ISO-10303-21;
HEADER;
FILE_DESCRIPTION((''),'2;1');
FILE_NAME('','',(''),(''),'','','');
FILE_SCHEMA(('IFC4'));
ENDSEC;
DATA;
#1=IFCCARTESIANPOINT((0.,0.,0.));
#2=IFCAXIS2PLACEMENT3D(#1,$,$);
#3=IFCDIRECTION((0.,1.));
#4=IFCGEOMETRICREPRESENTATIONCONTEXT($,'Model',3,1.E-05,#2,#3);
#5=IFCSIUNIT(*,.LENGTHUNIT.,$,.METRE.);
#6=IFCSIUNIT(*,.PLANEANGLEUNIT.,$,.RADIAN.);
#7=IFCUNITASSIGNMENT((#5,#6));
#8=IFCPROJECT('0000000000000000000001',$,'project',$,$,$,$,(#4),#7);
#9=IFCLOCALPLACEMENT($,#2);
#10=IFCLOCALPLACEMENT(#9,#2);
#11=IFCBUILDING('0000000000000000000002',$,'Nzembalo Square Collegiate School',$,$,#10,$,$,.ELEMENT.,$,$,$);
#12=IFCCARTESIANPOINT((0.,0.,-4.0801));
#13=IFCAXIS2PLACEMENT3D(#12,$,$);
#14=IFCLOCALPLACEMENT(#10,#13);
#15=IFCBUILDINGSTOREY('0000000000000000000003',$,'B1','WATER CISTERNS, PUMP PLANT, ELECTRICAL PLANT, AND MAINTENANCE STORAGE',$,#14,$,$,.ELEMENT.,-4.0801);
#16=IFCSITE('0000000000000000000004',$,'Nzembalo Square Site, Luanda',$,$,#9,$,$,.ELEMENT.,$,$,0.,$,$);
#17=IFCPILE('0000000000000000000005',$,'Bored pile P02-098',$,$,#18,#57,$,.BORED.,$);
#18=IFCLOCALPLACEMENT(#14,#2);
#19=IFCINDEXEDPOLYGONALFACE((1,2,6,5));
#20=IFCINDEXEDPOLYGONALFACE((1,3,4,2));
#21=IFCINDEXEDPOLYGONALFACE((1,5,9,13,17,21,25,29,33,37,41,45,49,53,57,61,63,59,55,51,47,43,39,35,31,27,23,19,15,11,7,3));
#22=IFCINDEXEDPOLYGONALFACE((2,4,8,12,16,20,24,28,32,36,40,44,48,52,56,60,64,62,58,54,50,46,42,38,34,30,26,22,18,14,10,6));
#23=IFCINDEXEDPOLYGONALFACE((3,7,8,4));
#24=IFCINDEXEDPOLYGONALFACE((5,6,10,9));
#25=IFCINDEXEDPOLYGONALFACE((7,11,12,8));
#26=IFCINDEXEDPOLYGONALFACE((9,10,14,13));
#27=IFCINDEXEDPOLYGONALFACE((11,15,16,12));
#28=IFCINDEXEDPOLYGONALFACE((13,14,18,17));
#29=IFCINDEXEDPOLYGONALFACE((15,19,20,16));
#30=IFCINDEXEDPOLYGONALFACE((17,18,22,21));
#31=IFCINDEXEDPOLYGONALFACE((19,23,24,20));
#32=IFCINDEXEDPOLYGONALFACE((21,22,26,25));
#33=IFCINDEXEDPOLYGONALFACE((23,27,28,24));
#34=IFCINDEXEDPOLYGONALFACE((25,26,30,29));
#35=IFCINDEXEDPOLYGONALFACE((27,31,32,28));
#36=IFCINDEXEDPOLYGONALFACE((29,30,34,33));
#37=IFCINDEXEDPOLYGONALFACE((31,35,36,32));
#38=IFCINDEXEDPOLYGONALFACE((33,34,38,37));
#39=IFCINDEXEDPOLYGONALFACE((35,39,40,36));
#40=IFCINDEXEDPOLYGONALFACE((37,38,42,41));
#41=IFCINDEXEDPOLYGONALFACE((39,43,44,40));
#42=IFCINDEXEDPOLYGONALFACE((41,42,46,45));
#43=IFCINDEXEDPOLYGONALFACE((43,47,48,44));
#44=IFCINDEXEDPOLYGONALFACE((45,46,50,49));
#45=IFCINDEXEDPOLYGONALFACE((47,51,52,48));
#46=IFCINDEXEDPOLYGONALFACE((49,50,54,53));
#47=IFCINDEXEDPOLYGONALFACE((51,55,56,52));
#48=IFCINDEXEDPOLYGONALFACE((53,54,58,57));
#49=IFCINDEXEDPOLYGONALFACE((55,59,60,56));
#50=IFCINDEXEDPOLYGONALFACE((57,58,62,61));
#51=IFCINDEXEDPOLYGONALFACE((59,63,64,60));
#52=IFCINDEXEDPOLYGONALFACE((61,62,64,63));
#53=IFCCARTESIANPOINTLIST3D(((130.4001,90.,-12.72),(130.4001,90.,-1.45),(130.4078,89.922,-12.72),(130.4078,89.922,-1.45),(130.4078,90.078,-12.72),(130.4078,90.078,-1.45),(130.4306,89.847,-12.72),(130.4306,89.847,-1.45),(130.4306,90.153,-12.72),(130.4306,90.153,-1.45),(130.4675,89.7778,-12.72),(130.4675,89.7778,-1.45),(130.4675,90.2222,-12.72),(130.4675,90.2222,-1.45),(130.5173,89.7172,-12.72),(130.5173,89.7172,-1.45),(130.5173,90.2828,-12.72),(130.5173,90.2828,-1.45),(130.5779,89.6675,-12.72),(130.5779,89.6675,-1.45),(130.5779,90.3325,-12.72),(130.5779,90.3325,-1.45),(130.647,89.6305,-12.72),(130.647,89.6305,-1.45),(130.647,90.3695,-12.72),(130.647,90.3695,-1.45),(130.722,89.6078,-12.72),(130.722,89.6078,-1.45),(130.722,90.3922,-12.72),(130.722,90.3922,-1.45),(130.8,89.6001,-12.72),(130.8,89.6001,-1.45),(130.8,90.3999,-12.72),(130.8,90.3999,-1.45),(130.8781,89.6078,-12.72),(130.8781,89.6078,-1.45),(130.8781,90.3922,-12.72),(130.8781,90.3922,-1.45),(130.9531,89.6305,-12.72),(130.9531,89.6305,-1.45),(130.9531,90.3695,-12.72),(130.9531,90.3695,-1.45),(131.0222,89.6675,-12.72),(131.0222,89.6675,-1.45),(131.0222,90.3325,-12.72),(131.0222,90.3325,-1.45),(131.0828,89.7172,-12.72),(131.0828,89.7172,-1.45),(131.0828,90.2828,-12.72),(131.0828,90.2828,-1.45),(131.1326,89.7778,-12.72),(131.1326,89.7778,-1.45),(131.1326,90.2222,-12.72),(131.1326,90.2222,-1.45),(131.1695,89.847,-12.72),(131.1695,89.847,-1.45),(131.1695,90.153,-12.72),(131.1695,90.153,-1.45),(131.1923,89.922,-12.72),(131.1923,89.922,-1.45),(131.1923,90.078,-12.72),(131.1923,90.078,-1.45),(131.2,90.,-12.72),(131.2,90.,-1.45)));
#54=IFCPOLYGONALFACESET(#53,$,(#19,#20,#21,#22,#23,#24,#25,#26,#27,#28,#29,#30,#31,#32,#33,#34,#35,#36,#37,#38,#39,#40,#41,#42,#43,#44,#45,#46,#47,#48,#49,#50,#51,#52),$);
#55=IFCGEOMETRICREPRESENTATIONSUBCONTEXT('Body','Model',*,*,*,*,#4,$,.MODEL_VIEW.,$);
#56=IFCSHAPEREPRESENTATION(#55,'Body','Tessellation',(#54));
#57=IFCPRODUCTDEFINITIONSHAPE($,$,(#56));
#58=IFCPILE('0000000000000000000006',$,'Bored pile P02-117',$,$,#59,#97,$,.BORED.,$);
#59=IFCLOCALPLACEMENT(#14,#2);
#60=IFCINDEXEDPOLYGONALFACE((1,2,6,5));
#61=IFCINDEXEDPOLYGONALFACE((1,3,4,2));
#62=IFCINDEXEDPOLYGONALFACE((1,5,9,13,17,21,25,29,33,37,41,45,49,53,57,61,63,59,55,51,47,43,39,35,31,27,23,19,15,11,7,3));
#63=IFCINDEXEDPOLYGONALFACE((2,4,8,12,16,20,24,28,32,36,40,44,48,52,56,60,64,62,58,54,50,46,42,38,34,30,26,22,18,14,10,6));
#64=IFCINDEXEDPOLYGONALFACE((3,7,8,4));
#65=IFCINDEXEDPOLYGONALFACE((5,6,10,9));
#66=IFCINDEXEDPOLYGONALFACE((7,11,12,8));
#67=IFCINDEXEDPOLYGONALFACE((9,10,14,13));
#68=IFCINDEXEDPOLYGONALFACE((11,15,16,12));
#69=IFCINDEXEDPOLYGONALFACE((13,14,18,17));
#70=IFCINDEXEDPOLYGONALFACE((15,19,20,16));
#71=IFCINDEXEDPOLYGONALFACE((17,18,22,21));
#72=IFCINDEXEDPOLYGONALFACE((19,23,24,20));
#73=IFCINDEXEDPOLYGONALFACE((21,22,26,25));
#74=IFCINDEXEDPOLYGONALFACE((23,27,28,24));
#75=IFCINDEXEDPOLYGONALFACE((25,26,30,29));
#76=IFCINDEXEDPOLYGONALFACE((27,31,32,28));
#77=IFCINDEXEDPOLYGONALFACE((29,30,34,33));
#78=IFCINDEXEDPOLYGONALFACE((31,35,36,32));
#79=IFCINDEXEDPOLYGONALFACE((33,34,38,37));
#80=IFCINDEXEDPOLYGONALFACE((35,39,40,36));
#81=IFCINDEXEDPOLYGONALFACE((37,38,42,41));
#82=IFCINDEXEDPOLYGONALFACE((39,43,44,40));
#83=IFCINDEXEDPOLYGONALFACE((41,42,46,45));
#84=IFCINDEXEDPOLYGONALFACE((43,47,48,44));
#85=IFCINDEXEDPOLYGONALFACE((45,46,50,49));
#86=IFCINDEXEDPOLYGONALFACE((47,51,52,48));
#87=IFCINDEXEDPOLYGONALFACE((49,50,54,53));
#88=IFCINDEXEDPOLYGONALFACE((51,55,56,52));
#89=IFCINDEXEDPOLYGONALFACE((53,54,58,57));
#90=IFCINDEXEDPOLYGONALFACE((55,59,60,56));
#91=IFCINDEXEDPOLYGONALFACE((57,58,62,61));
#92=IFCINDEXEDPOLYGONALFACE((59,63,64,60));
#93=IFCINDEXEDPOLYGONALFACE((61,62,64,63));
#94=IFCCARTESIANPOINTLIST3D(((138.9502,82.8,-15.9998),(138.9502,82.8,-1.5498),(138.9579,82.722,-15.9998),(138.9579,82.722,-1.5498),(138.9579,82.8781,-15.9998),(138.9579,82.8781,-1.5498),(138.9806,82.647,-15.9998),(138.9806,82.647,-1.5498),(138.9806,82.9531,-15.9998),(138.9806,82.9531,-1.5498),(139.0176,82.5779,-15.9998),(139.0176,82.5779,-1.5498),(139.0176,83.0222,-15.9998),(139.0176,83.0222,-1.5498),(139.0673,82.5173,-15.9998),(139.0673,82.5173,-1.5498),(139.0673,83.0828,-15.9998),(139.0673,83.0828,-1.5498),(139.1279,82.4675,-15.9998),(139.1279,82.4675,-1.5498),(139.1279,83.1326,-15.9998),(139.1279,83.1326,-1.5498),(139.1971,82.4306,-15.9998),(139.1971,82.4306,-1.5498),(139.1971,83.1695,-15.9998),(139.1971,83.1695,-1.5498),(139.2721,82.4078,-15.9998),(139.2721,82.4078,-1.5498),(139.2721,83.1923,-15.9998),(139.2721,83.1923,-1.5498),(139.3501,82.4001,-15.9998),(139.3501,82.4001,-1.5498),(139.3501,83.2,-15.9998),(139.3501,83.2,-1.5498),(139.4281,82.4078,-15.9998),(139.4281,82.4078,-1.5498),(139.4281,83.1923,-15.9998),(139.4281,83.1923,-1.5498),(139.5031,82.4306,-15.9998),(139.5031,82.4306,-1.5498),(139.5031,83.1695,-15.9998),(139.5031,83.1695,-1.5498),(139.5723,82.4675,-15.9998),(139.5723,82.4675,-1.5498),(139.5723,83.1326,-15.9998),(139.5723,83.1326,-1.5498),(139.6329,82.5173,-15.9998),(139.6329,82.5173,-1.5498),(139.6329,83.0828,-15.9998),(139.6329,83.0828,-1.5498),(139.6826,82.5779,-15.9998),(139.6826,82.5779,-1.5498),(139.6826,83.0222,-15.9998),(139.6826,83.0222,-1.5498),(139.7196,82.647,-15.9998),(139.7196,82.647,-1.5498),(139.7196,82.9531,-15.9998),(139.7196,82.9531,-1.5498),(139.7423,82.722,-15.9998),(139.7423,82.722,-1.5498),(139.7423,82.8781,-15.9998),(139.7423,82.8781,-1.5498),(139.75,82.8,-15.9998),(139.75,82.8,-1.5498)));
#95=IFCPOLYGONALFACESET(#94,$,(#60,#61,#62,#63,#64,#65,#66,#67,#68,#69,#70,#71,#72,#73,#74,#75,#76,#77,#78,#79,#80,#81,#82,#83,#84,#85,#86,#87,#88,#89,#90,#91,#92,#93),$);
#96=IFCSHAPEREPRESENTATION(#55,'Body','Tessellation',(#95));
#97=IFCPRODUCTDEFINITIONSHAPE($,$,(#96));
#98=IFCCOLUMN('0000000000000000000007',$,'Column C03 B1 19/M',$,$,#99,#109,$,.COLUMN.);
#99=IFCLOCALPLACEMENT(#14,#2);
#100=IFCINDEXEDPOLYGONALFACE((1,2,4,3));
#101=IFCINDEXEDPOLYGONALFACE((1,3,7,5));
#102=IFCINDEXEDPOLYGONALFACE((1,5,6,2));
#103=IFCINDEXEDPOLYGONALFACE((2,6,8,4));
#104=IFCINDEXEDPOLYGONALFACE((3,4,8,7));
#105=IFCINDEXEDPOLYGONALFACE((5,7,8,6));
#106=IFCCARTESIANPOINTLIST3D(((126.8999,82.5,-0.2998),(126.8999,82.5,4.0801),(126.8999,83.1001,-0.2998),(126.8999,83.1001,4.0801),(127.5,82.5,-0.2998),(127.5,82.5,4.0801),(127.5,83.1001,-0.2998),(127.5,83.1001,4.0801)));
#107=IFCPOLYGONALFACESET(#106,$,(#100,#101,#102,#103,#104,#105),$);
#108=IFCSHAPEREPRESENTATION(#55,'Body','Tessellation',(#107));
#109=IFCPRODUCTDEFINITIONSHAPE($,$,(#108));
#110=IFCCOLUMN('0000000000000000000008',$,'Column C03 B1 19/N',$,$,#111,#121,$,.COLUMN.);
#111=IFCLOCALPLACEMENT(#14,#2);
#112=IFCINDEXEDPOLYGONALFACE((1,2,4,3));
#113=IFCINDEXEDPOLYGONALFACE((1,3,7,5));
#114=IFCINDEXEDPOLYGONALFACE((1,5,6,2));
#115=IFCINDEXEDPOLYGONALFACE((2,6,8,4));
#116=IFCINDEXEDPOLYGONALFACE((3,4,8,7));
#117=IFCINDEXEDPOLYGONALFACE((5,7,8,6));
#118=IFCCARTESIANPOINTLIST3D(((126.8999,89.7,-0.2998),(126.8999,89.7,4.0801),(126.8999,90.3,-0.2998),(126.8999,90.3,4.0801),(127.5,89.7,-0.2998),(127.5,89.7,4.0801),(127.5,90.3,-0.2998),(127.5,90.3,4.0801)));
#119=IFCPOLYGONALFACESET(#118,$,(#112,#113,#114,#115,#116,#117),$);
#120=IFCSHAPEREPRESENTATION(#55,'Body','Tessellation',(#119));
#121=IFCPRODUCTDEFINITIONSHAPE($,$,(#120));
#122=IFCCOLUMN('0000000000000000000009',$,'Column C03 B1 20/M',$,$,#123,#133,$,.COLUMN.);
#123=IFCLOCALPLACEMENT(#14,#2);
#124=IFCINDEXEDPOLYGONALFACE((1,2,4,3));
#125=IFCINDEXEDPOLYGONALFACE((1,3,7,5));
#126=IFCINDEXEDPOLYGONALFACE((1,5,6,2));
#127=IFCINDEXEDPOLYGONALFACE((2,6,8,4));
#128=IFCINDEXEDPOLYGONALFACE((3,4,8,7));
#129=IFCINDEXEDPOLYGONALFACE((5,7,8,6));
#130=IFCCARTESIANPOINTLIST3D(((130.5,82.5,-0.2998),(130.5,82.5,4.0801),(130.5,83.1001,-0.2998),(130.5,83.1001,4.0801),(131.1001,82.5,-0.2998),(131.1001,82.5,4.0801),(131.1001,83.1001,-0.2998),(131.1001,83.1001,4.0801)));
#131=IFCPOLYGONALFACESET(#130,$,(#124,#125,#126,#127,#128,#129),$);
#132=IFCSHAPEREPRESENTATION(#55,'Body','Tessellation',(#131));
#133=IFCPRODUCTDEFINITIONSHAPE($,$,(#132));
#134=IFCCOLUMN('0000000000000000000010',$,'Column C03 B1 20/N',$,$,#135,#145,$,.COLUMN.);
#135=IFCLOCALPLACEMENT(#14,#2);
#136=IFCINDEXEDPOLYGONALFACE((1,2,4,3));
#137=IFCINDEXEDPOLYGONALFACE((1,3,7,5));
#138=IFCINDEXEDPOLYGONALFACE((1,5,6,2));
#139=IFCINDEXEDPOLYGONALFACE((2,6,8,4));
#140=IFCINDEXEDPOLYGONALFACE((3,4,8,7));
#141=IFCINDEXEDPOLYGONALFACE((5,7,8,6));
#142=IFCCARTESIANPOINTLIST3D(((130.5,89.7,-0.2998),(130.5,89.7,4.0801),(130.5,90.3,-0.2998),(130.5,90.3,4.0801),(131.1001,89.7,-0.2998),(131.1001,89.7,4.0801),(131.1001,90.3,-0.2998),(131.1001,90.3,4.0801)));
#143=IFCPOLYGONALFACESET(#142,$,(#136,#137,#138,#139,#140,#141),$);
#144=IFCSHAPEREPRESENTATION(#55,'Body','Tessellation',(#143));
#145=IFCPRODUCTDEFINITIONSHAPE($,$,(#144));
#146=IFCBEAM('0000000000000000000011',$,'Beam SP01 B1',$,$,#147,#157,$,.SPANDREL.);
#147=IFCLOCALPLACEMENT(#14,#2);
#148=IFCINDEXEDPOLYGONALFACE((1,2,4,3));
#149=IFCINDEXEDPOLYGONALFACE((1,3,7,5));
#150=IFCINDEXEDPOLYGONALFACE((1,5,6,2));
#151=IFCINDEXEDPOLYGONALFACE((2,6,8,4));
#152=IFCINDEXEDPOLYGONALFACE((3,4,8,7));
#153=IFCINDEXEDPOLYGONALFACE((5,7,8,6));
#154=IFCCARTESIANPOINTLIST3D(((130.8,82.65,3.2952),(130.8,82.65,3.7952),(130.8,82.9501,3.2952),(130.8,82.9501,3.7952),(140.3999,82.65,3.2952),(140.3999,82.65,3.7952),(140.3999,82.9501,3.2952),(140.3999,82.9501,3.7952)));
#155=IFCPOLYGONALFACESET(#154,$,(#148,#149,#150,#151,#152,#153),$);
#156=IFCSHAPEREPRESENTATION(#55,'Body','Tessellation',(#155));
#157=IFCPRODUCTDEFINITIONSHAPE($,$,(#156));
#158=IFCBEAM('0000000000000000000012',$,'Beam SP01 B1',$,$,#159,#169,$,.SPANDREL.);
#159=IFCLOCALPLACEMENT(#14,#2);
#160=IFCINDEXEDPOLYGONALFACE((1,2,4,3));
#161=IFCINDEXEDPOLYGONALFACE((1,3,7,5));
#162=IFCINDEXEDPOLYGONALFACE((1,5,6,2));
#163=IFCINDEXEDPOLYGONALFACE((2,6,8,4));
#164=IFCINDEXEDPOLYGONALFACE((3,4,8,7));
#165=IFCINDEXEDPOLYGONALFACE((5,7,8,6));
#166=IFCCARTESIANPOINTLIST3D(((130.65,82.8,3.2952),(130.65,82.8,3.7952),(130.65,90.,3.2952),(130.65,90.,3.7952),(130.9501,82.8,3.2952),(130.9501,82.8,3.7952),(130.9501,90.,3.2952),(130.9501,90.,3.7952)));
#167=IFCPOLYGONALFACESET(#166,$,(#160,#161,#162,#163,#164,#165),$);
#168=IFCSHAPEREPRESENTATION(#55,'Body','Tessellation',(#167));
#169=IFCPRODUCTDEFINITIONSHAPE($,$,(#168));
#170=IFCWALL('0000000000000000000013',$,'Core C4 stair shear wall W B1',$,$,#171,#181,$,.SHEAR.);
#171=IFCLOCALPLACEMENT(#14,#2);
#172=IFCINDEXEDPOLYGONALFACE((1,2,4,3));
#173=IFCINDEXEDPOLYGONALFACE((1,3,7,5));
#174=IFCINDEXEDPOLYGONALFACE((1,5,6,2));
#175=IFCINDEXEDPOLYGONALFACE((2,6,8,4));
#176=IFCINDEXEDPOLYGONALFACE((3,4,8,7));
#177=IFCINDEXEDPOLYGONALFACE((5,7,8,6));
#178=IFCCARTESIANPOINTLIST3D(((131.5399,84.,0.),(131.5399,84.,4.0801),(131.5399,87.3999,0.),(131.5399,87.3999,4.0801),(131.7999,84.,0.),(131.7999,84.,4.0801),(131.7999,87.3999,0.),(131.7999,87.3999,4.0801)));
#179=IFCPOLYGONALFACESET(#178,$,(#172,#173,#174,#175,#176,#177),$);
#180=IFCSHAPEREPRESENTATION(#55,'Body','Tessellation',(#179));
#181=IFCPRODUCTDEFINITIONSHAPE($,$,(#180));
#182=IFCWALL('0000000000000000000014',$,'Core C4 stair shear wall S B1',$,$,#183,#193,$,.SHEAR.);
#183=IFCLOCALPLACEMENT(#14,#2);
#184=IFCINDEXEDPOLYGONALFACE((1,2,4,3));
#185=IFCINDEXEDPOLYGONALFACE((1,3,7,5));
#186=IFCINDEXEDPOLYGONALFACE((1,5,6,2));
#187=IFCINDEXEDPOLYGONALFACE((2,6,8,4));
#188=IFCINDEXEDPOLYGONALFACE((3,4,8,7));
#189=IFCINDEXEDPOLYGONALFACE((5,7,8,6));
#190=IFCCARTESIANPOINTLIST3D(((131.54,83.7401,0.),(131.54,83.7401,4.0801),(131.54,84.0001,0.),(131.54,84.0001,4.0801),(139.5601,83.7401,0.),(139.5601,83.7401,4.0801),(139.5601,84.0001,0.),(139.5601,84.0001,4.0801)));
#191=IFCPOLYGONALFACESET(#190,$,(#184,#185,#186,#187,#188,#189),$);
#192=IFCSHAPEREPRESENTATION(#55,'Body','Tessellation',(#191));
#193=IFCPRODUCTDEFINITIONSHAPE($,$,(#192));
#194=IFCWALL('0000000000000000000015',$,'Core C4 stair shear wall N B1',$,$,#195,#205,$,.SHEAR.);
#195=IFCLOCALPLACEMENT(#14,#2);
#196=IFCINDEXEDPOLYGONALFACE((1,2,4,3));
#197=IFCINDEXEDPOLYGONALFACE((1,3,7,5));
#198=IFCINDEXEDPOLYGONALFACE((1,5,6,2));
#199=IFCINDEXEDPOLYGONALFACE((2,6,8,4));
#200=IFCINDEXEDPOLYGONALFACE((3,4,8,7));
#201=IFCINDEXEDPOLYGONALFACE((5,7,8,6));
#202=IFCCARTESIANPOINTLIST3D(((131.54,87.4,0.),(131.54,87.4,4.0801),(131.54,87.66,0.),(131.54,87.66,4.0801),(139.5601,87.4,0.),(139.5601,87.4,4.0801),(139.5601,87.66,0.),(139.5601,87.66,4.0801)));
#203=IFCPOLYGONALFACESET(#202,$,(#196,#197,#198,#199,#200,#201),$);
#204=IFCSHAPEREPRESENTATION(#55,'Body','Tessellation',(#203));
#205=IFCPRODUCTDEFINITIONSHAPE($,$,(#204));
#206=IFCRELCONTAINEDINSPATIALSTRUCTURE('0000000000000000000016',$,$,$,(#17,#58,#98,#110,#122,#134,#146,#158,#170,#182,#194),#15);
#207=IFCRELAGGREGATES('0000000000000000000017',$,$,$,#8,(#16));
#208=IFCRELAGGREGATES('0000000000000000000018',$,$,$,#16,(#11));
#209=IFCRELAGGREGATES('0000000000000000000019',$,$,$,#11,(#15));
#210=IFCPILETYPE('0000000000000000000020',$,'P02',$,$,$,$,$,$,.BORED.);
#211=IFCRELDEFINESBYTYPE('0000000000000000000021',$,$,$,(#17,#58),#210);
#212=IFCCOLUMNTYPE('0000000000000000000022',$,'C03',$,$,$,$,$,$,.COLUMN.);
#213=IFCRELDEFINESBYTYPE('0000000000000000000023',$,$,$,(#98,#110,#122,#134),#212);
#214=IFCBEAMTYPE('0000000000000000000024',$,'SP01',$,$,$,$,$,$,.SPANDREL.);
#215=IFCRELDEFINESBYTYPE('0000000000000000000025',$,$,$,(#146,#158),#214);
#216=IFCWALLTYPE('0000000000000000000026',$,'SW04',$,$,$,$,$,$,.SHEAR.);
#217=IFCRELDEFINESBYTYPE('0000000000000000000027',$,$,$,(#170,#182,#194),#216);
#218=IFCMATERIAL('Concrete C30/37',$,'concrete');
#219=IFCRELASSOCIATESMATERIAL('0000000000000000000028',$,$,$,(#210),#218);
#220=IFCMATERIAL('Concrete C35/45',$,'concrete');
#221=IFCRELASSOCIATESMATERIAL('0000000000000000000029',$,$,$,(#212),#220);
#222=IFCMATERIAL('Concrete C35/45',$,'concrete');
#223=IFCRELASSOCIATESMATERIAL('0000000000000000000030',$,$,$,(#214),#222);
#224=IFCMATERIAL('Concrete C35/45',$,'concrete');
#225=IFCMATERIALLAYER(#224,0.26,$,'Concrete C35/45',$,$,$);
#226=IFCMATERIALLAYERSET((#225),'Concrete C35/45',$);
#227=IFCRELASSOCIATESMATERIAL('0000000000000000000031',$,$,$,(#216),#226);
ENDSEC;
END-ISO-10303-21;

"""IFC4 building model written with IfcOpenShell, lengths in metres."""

from ifc_helpers import new_model, si_unit, direction, frame, frame_2d, origin, origin_2d, place, context, subcontext, project, spatial, rectangle, circle, extrude, material, layer, layer_set, material_profile, profile_set, type_object, element, save


model = new_model("IFC4")

# Units and contexts
model_context = context("Model", 3, precision=1e-05, world=origin(), true_north=direction((0.0, 1.0)))
body_context = subcontext(model_context, "Body", "Model", "MODEL_VIEW")
ifc_project = project(units=[si_unit("LENGTHUNIT", "METRE"), si_unit("PLANEANGLEUNIT", "RADIAN")], contexts=[model_context])

# Site, building, storey
site_placement = place(None, origin())
site = spatial("IfcSite", under=ifc_project, at=site_placement, Name="Nzembalo Square Site, Luanda", CompositionType="ELEMENT", RefElevation=0.0)
building_placement = place(site_placement, origin())
building = spatial("IfcBuilding", under=site, at=building_placement, Name="Nzembalo Square Collegiate School", CompositionType="ELEMENT")
storey_placement = place(building_placement, frame((0.0, 0.0, -4.0801)))
storey = spatial("IfcBuildingStorey", under=building, at=storey_placement, Name="B1", Description="WATER CISTERNS, PUMP PLANT, ELECTRICAL PLANT, AND MAINTENANCE STORAGE", CompositionType="ELEMENT", Elevation=-4.0801)

# Piles
ifc_material_1 = material(Name="Concrete C30/37", Category="concrete")
ifc_material_profile_1 = material_profile(ifc_material_1, circle(Radius=0.3999, at=origin_2d()), Name="PILE D800")
ifc_profile_set_1 = profile_set([ifc_material_profile_1], Name="Concrete C30/37")
pile_type = type_object("IfcPileType", Name="P02", PredefinedType="BORED", material=ifc_profile_set_1)
pile_1_placement = place(storey_placement, frame((130.8, 90.0, -1.45), z_axis=(0.0, 0.0, -1.0), x_axis=(1.0, 0.0, 0.0)))
element("IfcPile", 1, at=pile_1_placement, inside=storey, type_object=pile_type, Name="Bored pile P02-098", PredefinedType="BORED", context=body_context, shape_type="SweptSolid", body=[
    extrude(circle(Radius=0.3999, at=origin_2d()), origin(), (0.0, 0.0, 1.0), 11.27),
])
pile_2_placement = place(storey_placement, frame((139.3501, 82.8, -1.5498), z_axis=(0.0, 0.0, -1.0), x_axis=(1.0, 0.0, 0.0)))
element("IfcPile", 2, at=pile_2_placement, inside=storey, type_object=pile_type, Name="Bored pile P02-117", PredefinedType="BORED", context=body_context, shape_type="SweptSolid", body=[
    extrude(circle(Radius=0.3999, at=origin_2d()), origin(), (0.0, 0.0, 1.0), 14.45),
])

# Columns
ifc_material_2 = material(Name="Concrete C35/45", Category="concrete")
ifc_material_profile_2 = material_profile(ifc_material_2, rectangle(XDim=0.6001, YDim=0.6001, at=origin_2d()), Name="RC 600x600")
ifc_profile_set_2 = profile_set([ifc_material_profile_2], Name="Concrete C35/45")
column_type = type_object("IfcColumnType", Name="C03", PredefinedType="COLUMN", material=ifc_profile_set_2)
for number, where, z_axis, x_axis, name in (
    (3, (127.2, 82.8, -0.2998), (0.0, 0.0, 1.0), (1.0, 0.0, 0.0), "Column C03 B1 19/M"),
    (4, (127.2, 90.0, -0.2998), (0.0, 0.0, 1.0), (1.0, 0.0, 0.0), "Column C03 B1 19/N"),
    (5, (130.8, 82.8, -0.2998), (0.0, 0.0, 1.0), (1.0, 0.0, 0.0), "Column C03 B1 20/M"),
    (6, (130.8, 90.0, -0.2998), (0.0, 0.0, 1.0), (1.0, 0.0, 0.0), "Column C03 B1 20/N"),
):
    element("IfcColumn", number, at=place(storey_placement, frame(where, z_axis=z_axis, x_axis=x_axis)), inside=storey, type_object=column_type, Name=name, PredefinedType="COLUMN", context=body_context, shape_type="SweptSolid", body=[
        extrude(rectangle(XDim=0.6001, YDim=0.6001, at=origin_2d()), origin(), (0.0, 0.0, 1.0), 4.3799),
    ])

# Beams
ifc_material_3 = material(Name="Concrete C35/45", Category="concrete")
ifc_material_profile_3 = material_profile(ifc_material_3, rectangle(XDim=0.3, YDim=0.5, at=origin_2d()), Name="RC 300x500")
ifc_profile_set_3 = profile_set([ifc_material_profile_3], Name="Concrete C35/45")
beam_type = type_object("IfcBeamType", Name="SP01", PredefinedType="SPANDREL", material=ifc_profile_set_3)
beam_1_placement = place(storey_placement, frame((130.8, 82.8, 3.5452), z_axis=(1.0, 0.0, 0.0), x_axis=(0.0, 1.0, 0.0)))
element("IfcBeam", 7, at=beam_1_placement, inside=storey, type_object=beam_type, Name="Beam SP01 B1", PredefinedType="SPANDREL", context=body_context, shape_type="SweptSolid", body=[
    extrude(rectangle(XDim=0.3, YDim=0.5, at=origin_2d()), origin(), (0.0, 0.0, 1.0), 9.5999),
])
beam_2_placement = place(storey_placement, frame((130.8, 82.8, 3.5452), z_axis=(0.0, 1.0, 0.0), x_axis=(-1.0, 0.0, 0.0)))
element("IfcBeam", 8, at=beam_2_placement, inside=storey, type_object=beam_type, Name="Beam SP01 B1", PredefinedType="SPANDREL", context=body_context, shape_type="SweptSolid", body=[
    extrude(rectangle(XDim=0.3, YDim=0.5, at=origin_2d()), origin(), (0.0, 0.0, 1.0), 7.2),
])

# Walls
ifc_material_4 = material(Name="Concrete C35/45", Category="concrete")
ifc_layer_1 = layer(ifc_material_4, 0.26, Name="Concrete C35/45")
ifc_layer_set_1 = layer_set([ifc_layer_1], Name="Concrete C35/45")
wall_type_1 = type_object("IfcWallType", Name="SW04", PredefinedType="SHEAR", material=ifc_layer_set_1)
wall_1_placement = place(storey_placement, frame((131.6699, 84.0, 0.0), z_axis=(0.0, 0.0, 1.0), x_axis=(0.0, 1.0, 0.0)))
element("IfcWall", 9, at=wall_1_placement, inside=storey, type_object=wall_type_1, Name="Core C4 stair shear wall W B1", PredefinedType="SHEAR", context=body_context, shape_type="SweptSolid", body=[
    extrude(rectangle(XDim=3.3999, YDim=0.26, at=frame_2d((1.7, 0.0))), origin(), (0.0, 0.0, 1.0), 4.0801),
])
for number, where, z_axis, x_axis, name in (
    (10, (131.54, 83.8701, 0.0), (0.0, 0.0, 1.0), (1.0, 0.0, 0.0), "Core C4 stair shear wall S B1"),
    (11, (131.54, 87.53, 0.0), (0.0, 0.0, 1.0), (1.0, 0.0, 0.0), "Core C4 stair shear wall N B1"),
):
    element("IfcWall", number, at=place(storey_placement, frame(where, z_axis=z_axis, x_axis=x_axis)), inside=storey, type_object=wall_type_1, Name=name, PredefinedType="SHEAR", context=body_context, shape_type="SweptSolid", body=[
        extrude(rectangle(XDim=8.02, YDim=0.26, at=frame_2d((4.01, 0.0))), origin(), (0.0, 0.0, 1.0), 4.0801),
    ])

save(model, "model.ifc")
